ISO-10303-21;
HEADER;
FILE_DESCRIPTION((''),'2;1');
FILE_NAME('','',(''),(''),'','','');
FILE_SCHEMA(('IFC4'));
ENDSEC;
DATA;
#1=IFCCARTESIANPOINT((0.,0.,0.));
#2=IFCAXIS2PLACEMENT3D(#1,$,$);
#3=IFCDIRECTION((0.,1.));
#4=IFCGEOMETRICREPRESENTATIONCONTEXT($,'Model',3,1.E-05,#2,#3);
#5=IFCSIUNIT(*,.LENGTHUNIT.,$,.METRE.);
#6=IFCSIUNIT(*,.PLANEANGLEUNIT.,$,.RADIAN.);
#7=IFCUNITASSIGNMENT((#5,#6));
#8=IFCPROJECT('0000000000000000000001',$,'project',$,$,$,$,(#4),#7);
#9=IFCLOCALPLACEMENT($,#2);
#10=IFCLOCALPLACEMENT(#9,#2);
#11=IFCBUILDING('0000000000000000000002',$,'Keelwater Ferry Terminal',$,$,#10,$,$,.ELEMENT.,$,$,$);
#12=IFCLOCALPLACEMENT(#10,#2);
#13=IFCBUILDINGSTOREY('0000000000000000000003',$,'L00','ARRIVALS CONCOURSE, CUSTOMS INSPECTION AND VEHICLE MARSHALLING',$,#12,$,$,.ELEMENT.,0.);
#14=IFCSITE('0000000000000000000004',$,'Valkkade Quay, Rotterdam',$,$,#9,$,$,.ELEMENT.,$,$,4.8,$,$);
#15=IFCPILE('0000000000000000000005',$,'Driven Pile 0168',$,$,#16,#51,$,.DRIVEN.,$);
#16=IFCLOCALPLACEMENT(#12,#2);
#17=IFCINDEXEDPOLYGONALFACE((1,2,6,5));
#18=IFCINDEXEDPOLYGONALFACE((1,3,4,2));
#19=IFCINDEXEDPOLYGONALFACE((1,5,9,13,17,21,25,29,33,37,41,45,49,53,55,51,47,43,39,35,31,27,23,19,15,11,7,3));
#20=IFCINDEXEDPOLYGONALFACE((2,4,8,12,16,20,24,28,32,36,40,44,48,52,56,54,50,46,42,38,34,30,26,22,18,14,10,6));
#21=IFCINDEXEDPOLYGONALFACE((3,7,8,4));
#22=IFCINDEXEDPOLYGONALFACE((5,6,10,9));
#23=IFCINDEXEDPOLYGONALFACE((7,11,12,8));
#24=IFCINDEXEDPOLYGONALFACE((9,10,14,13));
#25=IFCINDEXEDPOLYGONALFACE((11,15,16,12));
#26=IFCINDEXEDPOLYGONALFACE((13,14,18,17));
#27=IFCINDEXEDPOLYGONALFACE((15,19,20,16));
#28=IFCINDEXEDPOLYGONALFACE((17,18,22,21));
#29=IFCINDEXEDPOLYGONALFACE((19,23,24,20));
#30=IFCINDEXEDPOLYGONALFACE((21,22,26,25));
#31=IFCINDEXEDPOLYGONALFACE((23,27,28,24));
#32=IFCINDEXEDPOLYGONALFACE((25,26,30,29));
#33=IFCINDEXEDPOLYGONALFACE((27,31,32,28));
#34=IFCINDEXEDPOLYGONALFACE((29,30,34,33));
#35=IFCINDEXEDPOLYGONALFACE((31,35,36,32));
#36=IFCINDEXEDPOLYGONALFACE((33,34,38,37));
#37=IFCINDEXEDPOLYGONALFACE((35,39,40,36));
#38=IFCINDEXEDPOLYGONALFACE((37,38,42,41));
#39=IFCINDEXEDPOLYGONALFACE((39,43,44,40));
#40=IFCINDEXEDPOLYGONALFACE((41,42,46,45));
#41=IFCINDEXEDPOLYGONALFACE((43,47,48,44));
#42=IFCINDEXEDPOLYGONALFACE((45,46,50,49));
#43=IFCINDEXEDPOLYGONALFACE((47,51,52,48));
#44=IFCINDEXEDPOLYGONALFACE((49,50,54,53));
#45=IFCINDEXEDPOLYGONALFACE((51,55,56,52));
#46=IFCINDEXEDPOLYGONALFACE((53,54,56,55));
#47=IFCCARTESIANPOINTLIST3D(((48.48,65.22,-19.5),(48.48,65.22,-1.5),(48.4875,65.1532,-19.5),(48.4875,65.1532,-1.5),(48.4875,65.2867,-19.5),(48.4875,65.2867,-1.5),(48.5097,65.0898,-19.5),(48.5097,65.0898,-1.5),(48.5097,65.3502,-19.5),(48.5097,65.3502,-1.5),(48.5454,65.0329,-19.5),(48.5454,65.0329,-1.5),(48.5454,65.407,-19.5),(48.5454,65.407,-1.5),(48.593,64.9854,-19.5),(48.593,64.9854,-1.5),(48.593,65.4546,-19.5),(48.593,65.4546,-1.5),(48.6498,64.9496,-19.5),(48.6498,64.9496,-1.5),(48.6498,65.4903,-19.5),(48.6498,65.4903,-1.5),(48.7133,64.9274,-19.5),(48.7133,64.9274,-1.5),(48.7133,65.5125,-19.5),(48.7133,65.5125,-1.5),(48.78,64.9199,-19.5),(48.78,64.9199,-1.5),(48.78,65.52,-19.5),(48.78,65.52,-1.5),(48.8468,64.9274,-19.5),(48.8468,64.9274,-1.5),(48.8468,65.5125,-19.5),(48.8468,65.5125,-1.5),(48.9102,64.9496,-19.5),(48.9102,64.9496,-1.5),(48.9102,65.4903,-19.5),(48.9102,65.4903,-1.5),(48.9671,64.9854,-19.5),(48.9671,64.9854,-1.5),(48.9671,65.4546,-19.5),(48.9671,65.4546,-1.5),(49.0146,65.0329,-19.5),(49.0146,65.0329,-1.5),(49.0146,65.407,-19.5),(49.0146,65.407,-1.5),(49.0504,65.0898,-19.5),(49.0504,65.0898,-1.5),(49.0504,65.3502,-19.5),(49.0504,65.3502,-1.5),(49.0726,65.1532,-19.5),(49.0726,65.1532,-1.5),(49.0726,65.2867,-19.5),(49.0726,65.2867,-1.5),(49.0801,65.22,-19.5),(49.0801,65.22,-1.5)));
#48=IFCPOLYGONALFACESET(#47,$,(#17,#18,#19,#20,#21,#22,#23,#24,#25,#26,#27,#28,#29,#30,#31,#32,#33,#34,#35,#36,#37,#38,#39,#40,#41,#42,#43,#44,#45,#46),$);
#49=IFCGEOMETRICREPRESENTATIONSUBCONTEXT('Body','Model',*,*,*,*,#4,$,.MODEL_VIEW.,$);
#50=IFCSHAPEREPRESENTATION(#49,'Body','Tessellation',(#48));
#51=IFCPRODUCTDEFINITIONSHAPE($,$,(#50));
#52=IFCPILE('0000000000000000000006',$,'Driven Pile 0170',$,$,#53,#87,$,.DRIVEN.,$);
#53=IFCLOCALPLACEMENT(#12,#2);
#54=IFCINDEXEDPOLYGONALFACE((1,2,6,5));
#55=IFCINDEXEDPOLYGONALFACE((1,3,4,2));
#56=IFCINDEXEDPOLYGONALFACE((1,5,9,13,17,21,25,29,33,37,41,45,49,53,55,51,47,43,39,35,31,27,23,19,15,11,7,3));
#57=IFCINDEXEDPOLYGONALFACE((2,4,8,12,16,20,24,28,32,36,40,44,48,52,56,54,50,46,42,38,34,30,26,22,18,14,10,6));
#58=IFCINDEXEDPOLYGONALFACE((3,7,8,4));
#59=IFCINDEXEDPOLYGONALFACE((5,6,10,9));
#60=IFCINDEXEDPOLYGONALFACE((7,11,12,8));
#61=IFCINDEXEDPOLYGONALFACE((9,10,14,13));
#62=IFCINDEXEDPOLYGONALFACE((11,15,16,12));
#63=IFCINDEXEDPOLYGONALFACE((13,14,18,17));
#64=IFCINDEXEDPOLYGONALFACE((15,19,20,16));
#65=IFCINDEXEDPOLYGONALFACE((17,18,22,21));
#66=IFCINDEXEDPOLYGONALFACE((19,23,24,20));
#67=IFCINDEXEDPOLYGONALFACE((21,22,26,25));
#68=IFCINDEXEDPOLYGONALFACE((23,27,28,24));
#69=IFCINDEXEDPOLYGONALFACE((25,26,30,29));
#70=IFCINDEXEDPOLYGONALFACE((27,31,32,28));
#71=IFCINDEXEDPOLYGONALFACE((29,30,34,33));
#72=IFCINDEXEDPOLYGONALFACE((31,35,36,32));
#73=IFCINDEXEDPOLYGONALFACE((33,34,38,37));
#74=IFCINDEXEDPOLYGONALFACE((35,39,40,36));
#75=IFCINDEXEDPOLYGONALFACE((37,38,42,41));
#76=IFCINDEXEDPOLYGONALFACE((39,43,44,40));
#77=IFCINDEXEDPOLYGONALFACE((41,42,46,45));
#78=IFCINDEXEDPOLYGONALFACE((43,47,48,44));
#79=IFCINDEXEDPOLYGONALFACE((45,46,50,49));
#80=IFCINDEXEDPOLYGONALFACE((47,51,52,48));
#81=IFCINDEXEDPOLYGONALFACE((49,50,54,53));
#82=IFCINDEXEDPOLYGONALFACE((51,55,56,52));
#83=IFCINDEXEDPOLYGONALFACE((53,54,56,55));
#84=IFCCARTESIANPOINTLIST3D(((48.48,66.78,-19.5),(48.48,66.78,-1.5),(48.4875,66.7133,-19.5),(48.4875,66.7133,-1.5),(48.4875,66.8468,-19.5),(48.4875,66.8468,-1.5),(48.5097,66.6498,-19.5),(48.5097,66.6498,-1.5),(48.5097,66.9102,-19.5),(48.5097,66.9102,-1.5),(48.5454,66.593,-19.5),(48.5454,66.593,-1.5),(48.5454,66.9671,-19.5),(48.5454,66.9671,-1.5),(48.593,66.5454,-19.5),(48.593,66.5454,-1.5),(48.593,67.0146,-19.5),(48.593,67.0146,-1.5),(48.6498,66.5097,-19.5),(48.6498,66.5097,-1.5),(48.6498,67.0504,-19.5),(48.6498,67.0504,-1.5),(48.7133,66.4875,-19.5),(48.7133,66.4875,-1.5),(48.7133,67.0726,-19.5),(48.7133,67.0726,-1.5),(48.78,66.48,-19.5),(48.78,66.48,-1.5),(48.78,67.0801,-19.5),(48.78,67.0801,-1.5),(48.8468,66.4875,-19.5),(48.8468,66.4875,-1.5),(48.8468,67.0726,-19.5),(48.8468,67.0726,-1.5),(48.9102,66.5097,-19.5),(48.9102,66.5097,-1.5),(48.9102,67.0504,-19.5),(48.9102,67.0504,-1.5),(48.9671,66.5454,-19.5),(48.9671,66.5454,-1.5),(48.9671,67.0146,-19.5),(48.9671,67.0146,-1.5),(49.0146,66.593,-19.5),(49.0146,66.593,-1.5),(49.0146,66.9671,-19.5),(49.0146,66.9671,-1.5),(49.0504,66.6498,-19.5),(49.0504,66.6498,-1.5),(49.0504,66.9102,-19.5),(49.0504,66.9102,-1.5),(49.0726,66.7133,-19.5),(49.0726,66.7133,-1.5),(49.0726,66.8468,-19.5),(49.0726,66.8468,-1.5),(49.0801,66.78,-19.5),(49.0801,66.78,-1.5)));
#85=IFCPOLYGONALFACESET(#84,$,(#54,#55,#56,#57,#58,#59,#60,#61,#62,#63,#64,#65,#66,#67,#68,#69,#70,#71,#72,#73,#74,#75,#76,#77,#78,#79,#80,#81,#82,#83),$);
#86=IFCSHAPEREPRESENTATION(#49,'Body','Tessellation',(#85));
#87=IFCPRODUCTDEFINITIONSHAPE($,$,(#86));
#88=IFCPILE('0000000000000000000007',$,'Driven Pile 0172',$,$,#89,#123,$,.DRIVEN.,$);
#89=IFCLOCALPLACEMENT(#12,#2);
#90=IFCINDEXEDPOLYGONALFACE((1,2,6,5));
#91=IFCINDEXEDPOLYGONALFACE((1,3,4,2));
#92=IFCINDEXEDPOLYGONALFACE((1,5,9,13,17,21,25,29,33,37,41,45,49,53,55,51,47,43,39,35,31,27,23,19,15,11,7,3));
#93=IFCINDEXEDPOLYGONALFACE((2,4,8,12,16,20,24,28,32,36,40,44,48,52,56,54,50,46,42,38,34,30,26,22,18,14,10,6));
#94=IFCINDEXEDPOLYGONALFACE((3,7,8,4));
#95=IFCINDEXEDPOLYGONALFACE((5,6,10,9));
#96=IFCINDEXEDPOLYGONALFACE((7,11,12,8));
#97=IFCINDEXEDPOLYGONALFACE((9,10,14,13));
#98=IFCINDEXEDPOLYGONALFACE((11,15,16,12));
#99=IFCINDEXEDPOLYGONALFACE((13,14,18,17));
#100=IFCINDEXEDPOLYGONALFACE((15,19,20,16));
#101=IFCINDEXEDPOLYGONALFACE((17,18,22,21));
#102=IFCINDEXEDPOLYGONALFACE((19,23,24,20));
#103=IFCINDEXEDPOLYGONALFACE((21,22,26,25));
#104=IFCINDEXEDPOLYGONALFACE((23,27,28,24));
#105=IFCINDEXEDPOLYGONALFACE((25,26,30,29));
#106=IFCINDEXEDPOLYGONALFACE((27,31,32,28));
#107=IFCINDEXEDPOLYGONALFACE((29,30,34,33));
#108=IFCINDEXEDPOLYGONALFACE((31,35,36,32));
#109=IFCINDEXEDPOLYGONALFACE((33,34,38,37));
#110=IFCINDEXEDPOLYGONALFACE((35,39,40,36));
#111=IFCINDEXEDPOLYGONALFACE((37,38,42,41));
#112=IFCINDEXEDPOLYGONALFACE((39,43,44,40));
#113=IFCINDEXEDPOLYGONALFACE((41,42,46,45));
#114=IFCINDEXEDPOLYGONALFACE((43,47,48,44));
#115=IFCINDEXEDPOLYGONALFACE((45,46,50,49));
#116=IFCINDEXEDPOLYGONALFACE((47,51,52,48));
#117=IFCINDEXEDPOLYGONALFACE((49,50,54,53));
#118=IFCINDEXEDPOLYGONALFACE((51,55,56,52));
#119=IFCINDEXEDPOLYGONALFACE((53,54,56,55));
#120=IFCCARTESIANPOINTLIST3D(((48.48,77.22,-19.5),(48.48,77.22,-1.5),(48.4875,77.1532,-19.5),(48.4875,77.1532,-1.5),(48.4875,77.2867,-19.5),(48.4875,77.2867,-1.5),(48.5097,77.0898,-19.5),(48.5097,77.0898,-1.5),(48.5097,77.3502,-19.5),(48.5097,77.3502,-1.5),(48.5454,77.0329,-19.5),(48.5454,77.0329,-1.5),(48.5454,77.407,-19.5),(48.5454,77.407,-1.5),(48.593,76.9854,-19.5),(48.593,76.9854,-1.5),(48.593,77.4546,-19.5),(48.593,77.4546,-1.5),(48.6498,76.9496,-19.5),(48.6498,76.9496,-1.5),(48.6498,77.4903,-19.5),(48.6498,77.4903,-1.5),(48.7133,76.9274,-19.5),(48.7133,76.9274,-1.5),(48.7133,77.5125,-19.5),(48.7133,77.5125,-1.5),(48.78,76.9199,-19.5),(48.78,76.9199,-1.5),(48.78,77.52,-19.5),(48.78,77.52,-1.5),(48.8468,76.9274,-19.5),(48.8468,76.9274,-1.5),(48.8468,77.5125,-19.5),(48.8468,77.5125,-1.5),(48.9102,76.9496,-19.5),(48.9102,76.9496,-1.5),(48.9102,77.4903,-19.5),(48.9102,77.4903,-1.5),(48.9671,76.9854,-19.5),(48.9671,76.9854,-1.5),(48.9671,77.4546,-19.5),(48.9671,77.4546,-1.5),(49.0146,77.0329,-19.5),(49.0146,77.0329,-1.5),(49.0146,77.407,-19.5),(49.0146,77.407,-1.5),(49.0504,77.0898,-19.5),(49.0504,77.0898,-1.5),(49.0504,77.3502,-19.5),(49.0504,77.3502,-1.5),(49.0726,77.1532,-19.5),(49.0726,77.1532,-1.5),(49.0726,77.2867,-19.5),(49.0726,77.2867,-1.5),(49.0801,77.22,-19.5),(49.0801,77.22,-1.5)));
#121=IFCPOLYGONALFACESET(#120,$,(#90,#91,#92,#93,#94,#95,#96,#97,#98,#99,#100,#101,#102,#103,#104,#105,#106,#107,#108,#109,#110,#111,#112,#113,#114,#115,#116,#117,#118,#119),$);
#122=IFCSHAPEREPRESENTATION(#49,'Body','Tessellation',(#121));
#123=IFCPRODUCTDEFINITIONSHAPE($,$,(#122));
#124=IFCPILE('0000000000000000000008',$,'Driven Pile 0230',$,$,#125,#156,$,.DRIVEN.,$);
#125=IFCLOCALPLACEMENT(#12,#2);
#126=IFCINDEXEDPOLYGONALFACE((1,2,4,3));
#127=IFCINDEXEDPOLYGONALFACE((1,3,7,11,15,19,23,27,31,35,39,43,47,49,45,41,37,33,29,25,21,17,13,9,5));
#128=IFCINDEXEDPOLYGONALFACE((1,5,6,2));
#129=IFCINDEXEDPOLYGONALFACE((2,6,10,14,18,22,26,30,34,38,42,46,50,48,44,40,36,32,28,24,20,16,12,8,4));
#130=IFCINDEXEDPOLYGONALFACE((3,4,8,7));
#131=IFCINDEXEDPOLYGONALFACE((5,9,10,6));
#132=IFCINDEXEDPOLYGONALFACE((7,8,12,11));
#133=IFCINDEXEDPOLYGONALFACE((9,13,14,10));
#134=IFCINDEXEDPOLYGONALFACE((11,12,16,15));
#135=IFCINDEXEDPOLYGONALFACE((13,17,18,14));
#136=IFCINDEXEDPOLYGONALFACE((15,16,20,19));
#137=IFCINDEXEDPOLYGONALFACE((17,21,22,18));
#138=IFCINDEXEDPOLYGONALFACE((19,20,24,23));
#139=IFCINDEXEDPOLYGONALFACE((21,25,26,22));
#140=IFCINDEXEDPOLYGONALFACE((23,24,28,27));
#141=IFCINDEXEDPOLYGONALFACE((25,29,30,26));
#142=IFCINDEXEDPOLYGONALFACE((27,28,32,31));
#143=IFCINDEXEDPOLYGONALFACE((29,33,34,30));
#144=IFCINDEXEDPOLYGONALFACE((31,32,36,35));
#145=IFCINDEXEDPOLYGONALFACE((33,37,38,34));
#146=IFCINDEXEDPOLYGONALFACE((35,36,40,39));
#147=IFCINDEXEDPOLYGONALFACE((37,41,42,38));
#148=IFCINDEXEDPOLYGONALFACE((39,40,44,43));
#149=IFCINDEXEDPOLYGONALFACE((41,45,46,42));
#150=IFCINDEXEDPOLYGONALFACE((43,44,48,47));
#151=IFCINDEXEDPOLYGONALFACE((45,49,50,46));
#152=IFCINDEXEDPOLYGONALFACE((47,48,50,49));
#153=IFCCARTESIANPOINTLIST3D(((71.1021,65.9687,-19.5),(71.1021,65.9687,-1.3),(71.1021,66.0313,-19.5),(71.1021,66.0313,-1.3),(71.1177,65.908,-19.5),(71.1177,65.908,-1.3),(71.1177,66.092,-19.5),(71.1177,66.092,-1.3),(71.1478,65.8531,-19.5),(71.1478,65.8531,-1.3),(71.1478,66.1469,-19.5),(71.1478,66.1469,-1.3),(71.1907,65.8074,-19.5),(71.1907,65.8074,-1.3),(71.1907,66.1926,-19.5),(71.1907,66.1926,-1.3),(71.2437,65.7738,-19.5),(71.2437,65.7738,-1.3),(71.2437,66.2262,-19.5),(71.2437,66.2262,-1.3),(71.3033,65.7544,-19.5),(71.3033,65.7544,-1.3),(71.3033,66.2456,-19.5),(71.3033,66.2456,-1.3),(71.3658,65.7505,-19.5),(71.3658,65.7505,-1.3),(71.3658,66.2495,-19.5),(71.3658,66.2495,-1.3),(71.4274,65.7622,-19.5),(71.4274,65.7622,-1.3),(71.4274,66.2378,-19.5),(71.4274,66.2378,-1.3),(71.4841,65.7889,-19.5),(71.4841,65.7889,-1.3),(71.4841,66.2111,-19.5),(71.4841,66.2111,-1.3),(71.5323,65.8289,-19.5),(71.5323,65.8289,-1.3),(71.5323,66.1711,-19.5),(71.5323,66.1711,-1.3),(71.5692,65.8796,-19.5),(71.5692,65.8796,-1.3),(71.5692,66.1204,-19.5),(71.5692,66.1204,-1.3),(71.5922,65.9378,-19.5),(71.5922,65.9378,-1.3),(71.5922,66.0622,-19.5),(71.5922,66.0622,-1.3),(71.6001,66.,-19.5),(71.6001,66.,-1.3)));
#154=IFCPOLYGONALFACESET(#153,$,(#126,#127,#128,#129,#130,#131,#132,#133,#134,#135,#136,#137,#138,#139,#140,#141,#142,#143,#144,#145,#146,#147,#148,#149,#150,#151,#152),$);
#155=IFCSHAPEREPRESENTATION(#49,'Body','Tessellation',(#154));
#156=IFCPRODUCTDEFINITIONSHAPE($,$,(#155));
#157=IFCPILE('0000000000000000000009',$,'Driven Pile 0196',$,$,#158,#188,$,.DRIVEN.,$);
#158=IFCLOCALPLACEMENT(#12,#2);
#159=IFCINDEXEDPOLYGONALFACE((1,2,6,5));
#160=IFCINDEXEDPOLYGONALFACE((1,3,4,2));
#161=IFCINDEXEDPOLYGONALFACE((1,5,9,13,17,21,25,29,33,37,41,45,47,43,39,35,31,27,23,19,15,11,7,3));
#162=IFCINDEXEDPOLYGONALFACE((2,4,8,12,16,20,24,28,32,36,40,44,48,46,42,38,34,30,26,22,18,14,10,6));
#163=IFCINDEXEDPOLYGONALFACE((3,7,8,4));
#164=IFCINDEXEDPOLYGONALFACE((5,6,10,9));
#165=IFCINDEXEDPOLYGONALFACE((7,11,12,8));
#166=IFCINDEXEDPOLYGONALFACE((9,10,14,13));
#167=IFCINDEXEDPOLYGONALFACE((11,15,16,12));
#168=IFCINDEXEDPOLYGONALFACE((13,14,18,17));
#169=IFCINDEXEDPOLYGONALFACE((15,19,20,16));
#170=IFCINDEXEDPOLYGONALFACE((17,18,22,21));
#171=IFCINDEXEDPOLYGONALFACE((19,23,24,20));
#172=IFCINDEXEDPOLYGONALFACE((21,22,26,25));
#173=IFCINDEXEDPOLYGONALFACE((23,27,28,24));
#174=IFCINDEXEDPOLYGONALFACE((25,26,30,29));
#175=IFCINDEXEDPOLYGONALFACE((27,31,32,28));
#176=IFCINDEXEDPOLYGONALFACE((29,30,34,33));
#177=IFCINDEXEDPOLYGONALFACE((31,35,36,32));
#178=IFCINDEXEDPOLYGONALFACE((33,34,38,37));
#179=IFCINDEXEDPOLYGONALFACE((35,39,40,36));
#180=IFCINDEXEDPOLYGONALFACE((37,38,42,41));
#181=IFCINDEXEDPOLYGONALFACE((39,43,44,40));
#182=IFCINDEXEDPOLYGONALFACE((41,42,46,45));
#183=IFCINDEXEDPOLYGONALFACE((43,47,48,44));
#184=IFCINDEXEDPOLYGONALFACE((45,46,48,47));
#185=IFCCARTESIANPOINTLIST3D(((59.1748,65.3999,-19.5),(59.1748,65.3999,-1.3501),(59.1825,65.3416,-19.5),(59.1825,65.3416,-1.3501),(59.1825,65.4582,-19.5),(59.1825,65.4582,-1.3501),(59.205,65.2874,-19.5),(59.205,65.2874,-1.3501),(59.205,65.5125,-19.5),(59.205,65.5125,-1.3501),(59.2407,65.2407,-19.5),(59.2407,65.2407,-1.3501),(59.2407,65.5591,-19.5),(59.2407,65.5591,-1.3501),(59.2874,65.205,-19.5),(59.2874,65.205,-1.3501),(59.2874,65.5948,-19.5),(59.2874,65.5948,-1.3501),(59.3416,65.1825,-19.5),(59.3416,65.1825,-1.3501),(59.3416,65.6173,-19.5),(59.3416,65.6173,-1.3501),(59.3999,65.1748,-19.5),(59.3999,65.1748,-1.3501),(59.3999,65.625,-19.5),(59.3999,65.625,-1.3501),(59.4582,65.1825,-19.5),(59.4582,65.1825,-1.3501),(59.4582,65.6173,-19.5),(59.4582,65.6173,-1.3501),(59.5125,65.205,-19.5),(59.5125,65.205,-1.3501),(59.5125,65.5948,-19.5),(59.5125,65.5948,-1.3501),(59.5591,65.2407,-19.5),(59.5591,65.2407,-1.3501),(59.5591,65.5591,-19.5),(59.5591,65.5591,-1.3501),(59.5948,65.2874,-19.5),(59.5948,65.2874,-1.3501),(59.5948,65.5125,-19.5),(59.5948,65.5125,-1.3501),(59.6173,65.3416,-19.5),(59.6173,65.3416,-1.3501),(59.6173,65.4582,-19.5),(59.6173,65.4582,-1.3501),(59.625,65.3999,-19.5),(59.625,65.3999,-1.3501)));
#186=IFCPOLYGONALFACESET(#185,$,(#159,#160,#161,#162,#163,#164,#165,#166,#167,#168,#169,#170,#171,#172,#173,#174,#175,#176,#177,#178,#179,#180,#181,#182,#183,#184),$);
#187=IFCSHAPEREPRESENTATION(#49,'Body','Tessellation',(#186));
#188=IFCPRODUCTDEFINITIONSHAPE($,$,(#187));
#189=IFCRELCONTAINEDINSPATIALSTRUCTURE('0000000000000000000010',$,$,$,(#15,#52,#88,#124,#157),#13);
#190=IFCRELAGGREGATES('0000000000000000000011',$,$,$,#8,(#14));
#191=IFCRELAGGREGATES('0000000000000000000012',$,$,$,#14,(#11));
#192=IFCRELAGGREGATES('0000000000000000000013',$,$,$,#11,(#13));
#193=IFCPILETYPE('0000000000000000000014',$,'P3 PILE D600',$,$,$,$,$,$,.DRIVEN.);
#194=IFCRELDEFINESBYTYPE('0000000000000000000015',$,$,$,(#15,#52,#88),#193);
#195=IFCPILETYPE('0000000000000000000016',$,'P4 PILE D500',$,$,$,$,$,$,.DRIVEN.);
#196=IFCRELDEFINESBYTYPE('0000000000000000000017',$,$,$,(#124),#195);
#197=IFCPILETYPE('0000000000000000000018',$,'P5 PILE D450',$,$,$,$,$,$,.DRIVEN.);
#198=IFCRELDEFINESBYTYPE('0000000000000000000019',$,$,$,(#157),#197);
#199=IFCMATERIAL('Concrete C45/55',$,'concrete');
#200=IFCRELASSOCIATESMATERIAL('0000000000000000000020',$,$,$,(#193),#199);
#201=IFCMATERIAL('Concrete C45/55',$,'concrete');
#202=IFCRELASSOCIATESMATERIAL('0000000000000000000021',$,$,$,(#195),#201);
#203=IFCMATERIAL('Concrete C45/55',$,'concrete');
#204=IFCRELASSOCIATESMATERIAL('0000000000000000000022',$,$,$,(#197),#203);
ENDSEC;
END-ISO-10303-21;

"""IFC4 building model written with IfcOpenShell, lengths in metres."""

from ifc_helpers import new_model, si_unit, direction, frame, origin, origin_2d, place, context, subcontext, project, spatial, circle, extrude, material, material_profile, profile_set, type_object, element, save


model = new_model("IFC4")

# Units and contexts
model_context = context("Model", 3, precision=1e-05, world=origin(), true_north=direction((0.0, 1.0)))
body_context = subcontext(model_context, "Body", "Model", "MODEL_VIEW")
ifc_project = project(units=[si_unit("LENGTHUNIT", "METRE"), si_unit("PLANEANGLEUNIT", "RADIAN")], contexts=[model_context])

# Site, building, storey
site_placement = place(None, origin())
site = spatial("IfcSite", under=ifc_project, at=site_placement, Name="Valkkade Quay, Rotterdam", CompositionType="ELEMENT", RefElevation=4.8)
building_placement = place(site_placement, origin())
building = spatial("IfcBuilding", under=site, at=building_placement, Name="Keelwater Ferry Terminal", CompositionType="ELEMENT")
storey_placement = place(building_placement, origin())
storey = spatial("IfcBuildingStorey", under=building, at=storey_placement, Name="L00", Description="ARRIVALS CONCOURSE, CUSTOMS INSPECTION AND VEHICLE MARSHALLING", CompositionType="ELEMENT", Elevation=0.0)

# Piles
ifc_material_1 = material(Name="Concrete C45/55", Category="concrete")
ifc_material_profile_1 = material_profile(ifc_material_1, circle(Radius=0.3, at=origin_2d()), Name="PILE D600")
ifc_profile_set_1 = profile_set([ifc_material_profile_1], Name="Concrete C45/55")
pile_type_1 = type_object("IfcPileType", Name="P3 PILE D600", PredefinedType="DRIVEN", material=ifc_profile_set_1)
for number, where, z_axis, x_axis, name in (
    (1, (48.78, 65.22, -1.5), (0.0, 0.0, -1.0), (1.0, 0.0, 0.0), "Driven Pile 0168"),
    (2, (48.78, 66.78, -1.5), (0.0, 0.0, -1.0), (1.0, 0.0, 0.0), "Driven Pile 0170"),
    (3, (48.78, 77.22, -1.5), (0.0, 0.0, -1.0), (1.0, 0.0, 0.0), "Driven Pile 0172"),
):
    element("IfcPile", number, at=place(storey_placement, frame(where, z_axis=z_axis, x_axis=x_axis)), inside=storey, type_object=pile_type_1, Name=name, PredefinedType="DRIVEN", context=body_context, shape_type="SweptSolid", body=[
        extrude(circle(Radius=0.3, at=origin_2d()), origin(), (0.0, 0.0, 1.0), 18.0),
    ])
ifc_material_2 = material(Name="Concrete C45/55", Category="concrete")
ifc_material_profile_2 = material_profile(ifc_material_2, circle(Radius=0.25, at=origin_2d()), Name="PILE D500")
ifc_profile_set_2 = profile_set([ifc_material_profile_2], Name="Concrete C45/55")
pile_type_2 = type_object("IfcPileType", Name="P4 PILE D500", PredefinedType="DRIVEN", material=ifc_profile_set_2)
pile_placement = place(storey_placement, frame((71.3501, 66.0, -1.3), z_axis=(0.0, 0.0, -1.0), x_axis=(1.0, 0.0, 0.0)))
element("IfcPile", 4, at=pile_placement, inside=storey, type_object=pile_type_2, Name="Driven Pile 0230", PredefinedType="DRIVEN", context=body_context, shape_type="SweptSolid", body=[
    extrude(circle(Radius=0.25, at=origin_2d()), origin(), (0.0, 0.0, 1.0), 18.2),
])
ifc_material_3 = material(Name="Concrete C45/55", Category="concrete")
ifc_material_profile_3 = material_profile(ifc_material_3, circle(Radius=0.2251, at=origin_2d()), Name="PILE D450")
ifc_profile_set_3 = profile_set([ifc_material_profile_3], Name="Concrete C45/55")
pile_type_3 = type_object("IfcPileType", Name="P5 PILE D450", PredefinedType="DRIVEN", material=ifc_profile_set_3)
for number, where, z_axis, x_axis, name in (
    (5, (59.3999, 65.3999, -1.3501), (0.0, 0.0, -1.0), (1.0, 0.0, 0.0), "Driven Pile 0196"),
):
    element("IfcPile", number, at=place(storey_placement, frame(where, z_axis=z_axis, x_axis=x_axis)), inside=storey, type_object=pile_type_3, Name=name, PredefinedType="DRIVEN", context=body_context, shape_type="SweptSolid", body=[
        extrude(circle(Radius=0.2251, at=origin_2d()), origin(), (0.0, 0.0, 1.0), 18.1499),
    ])

save(model, "model.ifc")
